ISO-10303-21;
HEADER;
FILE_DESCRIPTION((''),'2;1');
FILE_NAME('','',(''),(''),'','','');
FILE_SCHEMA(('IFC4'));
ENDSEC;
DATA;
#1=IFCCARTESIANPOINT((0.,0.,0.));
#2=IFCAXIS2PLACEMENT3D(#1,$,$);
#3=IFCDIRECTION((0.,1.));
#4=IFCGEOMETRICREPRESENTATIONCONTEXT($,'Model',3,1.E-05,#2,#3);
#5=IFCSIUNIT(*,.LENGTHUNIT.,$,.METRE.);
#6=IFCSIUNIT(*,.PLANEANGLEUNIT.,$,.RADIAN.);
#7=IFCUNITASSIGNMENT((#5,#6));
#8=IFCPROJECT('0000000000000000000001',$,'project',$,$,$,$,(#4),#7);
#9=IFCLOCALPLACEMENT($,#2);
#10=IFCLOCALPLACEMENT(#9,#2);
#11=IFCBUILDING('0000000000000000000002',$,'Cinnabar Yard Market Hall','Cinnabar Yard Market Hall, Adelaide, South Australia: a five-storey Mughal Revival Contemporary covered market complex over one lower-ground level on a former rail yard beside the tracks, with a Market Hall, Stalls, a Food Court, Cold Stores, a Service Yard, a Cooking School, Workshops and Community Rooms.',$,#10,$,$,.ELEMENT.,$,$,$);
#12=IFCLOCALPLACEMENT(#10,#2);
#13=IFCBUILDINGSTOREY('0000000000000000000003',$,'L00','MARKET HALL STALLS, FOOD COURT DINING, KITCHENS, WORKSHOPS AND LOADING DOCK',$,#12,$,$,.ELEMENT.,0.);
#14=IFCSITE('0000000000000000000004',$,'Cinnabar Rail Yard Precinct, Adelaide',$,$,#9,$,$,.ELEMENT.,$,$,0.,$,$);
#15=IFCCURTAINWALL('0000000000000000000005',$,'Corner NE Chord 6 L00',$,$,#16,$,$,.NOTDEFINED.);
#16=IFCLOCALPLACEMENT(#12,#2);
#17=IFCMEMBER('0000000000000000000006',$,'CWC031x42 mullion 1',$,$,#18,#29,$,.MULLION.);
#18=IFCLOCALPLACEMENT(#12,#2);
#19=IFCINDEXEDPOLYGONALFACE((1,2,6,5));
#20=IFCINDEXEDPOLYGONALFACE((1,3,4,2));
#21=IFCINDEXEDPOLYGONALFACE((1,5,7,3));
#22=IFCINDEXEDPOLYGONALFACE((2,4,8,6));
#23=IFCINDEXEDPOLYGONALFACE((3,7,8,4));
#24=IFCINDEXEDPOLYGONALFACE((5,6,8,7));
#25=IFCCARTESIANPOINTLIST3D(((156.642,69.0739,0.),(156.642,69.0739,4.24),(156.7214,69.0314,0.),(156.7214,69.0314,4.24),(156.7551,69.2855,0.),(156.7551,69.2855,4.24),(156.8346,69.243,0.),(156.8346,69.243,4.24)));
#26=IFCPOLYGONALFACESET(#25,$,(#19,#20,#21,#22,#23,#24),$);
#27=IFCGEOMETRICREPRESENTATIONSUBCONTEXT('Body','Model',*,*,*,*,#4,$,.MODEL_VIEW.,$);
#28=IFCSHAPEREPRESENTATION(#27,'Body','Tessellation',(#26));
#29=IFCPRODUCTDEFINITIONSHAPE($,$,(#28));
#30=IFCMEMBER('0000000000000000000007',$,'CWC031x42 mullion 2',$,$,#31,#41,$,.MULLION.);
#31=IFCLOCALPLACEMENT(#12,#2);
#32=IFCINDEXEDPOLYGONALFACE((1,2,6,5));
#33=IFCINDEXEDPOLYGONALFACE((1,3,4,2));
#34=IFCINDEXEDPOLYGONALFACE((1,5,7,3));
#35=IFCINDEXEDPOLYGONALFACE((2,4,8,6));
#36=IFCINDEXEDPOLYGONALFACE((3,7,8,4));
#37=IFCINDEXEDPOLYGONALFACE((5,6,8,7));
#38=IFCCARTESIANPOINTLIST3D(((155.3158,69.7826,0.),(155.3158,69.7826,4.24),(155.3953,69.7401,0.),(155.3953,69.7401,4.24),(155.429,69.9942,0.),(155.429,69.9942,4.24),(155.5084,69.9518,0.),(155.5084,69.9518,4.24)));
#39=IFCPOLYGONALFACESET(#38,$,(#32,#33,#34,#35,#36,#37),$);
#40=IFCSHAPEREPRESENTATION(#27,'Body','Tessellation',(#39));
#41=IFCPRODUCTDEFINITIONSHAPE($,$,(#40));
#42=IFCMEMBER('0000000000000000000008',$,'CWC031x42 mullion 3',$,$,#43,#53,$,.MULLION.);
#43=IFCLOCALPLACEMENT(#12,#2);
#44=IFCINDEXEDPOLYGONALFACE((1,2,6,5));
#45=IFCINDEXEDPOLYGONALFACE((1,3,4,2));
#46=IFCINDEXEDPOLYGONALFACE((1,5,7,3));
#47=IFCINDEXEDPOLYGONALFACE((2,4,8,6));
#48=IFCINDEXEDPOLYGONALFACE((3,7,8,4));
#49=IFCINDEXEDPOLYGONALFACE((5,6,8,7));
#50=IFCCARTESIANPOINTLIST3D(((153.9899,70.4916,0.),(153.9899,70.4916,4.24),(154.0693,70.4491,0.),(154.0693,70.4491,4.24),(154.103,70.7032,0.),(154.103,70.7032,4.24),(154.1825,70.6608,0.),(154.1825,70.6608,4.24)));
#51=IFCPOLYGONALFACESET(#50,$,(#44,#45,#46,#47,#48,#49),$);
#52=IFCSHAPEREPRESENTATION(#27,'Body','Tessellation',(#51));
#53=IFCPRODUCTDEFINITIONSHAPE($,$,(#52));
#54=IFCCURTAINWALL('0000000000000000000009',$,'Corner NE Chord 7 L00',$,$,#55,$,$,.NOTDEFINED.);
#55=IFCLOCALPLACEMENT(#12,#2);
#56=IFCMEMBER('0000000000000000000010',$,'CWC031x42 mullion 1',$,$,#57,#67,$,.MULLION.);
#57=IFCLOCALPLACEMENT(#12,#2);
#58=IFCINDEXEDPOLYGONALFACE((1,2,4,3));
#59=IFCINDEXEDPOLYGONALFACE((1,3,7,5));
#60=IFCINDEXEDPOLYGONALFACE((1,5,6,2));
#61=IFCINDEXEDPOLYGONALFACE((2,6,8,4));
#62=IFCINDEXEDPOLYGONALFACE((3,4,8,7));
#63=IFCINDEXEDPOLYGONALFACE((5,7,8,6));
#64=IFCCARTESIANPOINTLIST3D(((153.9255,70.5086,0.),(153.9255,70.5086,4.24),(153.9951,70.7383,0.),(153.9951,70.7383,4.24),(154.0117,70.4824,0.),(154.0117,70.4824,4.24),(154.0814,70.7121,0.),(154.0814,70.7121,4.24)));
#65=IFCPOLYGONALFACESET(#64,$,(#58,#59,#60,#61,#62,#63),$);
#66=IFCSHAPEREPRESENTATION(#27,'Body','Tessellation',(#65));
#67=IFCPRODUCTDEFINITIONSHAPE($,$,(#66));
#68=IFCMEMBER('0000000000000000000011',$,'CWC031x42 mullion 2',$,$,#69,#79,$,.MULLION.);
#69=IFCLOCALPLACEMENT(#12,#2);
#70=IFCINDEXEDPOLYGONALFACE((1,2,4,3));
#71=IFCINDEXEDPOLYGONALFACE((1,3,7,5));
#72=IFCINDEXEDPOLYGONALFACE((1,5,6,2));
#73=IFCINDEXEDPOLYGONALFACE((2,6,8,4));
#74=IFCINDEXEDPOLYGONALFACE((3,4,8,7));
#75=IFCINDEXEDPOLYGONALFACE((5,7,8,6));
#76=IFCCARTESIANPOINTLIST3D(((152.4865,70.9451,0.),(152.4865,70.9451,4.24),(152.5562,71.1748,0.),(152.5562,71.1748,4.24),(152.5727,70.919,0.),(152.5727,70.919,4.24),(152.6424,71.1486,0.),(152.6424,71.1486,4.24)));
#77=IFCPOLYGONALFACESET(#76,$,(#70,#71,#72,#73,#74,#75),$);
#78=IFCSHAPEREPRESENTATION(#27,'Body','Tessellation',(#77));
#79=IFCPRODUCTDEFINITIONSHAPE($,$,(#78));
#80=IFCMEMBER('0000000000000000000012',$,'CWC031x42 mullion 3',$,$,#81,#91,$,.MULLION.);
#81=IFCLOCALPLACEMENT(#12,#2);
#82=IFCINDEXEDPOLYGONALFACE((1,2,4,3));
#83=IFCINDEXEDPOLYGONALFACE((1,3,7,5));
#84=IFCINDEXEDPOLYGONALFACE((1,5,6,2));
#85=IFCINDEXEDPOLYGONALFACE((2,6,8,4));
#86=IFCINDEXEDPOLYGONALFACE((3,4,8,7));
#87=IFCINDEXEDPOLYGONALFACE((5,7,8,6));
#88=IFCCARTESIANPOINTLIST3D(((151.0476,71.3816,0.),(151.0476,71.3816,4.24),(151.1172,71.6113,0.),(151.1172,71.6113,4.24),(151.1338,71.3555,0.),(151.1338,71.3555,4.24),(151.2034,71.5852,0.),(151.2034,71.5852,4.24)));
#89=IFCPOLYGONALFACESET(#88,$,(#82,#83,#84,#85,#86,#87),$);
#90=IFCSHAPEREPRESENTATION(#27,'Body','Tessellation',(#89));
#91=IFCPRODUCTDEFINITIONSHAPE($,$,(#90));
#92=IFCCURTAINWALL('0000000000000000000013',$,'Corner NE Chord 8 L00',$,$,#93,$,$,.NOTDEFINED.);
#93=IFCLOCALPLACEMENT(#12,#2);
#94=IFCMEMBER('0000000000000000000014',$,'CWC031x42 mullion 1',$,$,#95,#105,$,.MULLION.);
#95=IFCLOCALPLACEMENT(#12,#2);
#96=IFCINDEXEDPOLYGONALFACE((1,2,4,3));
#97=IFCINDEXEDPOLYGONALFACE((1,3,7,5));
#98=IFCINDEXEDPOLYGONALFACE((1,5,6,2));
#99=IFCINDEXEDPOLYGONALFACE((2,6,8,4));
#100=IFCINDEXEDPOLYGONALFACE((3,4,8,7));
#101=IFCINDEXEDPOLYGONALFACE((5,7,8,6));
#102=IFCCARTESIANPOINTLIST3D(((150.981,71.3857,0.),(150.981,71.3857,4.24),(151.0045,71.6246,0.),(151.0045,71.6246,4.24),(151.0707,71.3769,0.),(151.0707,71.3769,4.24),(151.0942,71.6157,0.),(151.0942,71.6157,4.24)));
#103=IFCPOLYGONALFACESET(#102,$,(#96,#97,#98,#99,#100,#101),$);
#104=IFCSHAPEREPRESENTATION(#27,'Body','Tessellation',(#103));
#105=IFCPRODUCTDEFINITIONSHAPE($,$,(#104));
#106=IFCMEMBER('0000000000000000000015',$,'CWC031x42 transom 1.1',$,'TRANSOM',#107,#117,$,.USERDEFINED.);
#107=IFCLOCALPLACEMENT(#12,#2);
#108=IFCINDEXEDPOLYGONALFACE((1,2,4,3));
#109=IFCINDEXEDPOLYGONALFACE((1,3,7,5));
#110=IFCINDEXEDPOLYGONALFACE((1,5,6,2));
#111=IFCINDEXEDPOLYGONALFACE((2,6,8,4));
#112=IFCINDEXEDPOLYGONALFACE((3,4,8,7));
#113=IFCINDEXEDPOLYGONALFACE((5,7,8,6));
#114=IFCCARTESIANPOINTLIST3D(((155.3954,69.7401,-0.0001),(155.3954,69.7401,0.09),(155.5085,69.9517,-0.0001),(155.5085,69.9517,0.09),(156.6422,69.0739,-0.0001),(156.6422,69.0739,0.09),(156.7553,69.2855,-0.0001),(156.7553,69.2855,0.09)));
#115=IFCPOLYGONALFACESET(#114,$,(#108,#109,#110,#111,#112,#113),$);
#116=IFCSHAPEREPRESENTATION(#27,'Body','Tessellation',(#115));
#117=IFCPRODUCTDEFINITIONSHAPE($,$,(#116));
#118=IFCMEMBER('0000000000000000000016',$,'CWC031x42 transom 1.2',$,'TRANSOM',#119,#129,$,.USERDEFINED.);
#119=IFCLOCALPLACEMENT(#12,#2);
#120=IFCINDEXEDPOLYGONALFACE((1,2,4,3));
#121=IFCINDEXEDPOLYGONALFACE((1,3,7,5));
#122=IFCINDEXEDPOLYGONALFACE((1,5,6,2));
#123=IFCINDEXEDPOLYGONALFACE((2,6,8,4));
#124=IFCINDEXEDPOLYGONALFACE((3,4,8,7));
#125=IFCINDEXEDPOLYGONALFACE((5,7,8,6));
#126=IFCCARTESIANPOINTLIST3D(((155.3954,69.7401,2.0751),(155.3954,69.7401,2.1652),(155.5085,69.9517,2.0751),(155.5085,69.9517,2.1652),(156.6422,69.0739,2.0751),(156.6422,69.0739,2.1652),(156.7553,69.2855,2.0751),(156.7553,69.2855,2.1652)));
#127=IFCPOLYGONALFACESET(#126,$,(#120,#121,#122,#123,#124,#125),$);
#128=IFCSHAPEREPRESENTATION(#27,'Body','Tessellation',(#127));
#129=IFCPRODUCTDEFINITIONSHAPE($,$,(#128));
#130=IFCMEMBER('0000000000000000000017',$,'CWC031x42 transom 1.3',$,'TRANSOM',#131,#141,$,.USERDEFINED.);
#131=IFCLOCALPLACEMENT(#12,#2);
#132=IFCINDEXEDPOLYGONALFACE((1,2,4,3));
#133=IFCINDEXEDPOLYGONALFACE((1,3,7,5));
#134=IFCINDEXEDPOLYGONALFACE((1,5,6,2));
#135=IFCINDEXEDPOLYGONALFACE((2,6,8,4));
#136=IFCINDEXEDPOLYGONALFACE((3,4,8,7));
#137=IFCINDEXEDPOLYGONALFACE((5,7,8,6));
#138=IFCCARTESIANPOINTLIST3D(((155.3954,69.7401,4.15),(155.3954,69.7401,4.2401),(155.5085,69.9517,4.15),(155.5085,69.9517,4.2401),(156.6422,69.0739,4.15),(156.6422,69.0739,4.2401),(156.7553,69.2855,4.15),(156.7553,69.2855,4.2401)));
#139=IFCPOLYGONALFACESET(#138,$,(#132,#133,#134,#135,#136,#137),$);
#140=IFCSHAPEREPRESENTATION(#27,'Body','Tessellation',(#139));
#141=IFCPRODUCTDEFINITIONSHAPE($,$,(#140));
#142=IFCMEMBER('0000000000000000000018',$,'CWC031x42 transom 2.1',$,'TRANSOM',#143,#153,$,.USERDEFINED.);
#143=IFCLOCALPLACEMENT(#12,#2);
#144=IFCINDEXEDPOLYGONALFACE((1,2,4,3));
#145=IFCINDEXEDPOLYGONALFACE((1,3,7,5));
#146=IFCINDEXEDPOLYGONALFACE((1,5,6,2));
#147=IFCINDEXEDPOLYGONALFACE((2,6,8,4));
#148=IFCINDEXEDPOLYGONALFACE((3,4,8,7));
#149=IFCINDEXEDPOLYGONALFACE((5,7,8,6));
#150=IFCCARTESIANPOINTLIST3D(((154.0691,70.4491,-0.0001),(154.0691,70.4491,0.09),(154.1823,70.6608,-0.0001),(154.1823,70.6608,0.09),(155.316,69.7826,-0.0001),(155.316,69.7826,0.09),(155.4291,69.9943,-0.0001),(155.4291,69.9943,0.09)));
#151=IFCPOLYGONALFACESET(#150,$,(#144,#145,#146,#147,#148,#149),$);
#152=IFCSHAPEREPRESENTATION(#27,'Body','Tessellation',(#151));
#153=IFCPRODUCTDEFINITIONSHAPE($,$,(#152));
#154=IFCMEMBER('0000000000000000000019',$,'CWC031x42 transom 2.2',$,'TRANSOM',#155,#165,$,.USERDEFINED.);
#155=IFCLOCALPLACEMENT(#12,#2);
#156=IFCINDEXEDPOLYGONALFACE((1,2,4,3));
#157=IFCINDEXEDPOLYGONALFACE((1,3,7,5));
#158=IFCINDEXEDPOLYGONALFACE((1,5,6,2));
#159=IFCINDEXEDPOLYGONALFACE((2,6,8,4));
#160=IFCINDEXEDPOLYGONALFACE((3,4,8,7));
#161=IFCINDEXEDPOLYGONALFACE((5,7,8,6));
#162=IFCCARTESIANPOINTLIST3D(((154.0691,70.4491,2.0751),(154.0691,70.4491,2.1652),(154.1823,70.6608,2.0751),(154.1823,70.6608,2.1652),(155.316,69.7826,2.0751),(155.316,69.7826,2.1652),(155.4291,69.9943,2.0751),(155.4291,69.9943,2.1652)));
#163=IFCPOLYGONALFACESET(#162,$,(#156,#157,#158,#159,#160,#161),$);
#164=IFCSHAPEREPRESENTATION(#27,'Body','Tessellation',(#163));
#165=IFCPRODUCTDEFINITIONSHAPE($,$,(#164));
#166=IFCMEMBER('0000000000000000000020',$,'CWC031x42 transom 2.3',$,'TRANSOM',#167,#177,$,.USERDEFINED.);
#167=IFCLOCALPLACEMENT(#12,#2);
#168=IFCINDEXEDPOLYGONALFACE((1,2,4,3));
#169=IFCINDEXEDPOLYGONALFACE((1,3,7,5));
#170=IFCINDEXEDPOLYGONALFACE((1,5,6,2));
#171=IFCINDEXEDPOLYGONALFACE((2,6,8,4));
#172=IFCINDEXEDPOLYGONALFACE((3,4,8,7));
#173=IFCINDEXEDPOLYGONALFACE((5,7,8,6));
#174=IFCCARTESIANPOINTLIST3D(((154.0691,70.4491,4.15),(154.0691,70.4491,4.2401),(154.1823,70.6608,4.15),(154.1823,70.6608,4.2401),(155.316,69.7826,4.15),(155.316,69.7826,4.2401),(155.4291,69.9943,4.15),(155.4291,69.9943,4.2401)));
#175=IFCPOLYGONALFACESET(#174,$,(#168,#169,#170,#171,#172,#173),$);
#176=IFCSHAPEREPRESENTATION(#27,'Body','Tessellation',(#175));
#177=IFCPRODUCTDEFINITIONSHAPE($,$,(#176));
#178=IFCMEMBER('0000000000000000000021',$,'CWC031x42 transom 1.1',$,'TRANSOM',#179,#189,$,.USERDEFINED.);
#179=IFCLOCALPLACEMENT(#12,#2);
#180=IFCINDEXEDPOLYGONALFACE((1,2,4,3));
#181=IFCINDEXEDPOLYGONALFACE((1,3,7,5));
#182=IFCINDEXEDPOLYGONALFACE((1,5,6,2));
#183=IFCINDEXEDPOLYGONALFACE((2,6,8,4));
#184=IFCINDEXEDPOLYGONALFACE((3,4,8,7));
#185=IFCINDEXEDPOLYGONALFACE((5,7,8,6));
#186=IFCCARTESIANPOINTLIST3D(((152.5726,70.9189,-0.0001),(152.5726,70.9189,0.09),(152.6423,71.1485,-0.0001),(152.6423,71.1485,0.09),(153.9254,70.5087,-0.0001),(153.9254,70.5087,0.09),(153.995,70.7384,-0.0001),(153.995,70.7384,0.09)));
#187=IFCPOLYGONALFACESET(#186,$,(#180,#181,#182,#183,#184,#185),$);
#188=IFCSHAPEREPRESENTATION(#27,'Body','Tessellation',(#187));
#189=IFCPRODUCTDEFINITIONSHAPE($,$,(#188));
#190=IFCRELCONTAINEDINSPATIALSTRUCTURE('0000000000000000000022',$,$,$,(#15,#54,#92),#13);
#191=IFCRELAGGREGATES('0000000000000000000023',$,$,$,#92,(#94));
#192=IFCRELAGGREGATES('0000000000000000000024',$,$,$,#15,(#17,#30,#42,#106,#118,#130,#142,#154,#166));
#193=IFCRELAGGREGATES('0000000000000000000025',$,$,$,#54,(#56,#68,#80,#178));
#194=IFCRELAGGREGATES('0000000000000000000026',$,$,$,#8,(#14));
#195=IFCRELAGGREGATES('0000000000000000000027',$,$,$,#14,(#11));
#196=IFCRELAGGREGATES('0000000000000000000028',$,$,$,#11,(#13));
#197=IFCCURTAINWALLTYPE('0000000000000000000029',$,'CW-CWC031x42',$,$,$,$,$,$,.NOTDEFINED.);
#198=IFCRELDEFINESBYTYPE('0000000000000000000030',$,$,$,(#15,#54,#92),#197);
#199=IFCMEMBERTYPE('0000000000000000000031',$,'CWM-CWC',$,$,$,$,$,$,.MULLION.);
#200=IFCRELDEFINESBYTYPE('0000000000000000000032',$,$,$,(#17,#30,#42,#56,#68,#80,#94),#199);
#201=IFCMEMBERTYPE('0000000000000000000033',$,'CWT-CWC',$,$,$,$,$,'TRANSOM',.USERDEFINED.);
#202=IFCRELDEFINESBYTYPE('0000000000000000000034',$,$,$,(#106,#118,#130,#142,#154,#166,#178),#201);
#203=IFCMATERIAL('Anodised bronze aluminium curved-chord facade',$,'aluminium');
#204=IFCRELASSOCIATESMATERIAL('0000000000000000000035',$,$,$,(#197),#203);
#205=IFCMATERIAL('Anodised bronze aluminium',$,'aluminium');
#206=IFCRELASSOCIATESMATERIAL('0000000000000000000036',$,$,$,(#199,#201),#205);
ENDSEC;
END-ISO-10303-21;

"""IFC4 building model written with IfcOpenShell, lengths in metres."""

from ifc_helpers import new_model, si_unit, direction, frame, origin, origin_2d_with_axis, place, context, subcontext, project, spatial, rectangle, extrude, material, material_profile, profile_set, type_object, element, aggregate, save


model = new_model("IFC4")

# Units and contexts
model_context = context("Model", 3, precision=1e-05, world=origin(), true_north=direction((0.0, 1.0)))
body_context = subcontext(model_context, "Body", "Model", "MODEL_VIEW")
ifc_project = project(units=[si_unit("LENGTHUNIT", "METRE"), si_unit("PLANEANGLEUNIT", "RADIAN")], contexts=[model_context])

# Site, building, storey
site_placement = place(None, origin())
site = spatial("IfcSite", under=ifc_project, at=site_placement, Name="Cinnabar Rail Yard Precinct, Adelaide", CompositionType="ELEMENT", RefElevation=0.0)
building_placement = place(site_placement, origin())
building = spatial("IfcBuilding", under=site, at=building_placement, Name="Cinnabar Yard Market Hall", Description="Cinnabar Yard Market Hall, Adelaide, South Australia: a five-storey Mughal Revival Contemporary covered market complex over one lower-ground level on a former rail yard beside the tracks, with a Market Hall, Stalls, a Food Court, Cold Stores, a Service Yard, a Cooking School, Workshops and Community Rooms.", CompositionType="ELEMENT")
storey_placement = place(building_placement, origin())
storey = spatial("IfcBuildingStorey", under=building, at=storey_placement, Name="L00", Description="MARKET HALL STALLS, FOOD COURT DINING, KITCHENS, WORKSHOPS AND LOADING DOCK", CompositionType="ELEMENT", Elevation=0.0)

# Shared definitions
ifc_material_1 = material(Name="Anodised bronze aluminium curved-chord facade", Category="aluminium")
curtain_wall_type = type_object("IfcCurtainWallType", Name="CW-CWC031x42", PredefinedType="NOTDEFINED", material=ifc_material_1)
ifc_material_2 = material(Name="Anodised bronze aluminium", Category="aluminium")
ifc_material_profile_1 = material_profile(ifc_material_2, rectangle(XDim=0.24, YDim=0.0901, at=origin_2d_with_axis()), Name="MUL-CWC")
ifc_profile_set_1 = profile_set([ifc_material_profile_1], Name="Anodised bronze aluminium")
member_type_1 = type_object("IfcMemberType", Name="CWM-CWC", PredefinedType="MULLION", material=ifc_profile_set_1)

# Curtain walls, members
curtain_wall_1_placement = place(storey_placement, origin())
curtain_wall_1 = element("IfcCurtainWall", 1, at=curtain_wall_1_placement, inside=storey, type_object=curtain_wall_type, Name="Corner NE Chord 6 L00", PredefinedType="NOTDEFINED")
member_1_placement = place(storey_placement, frame((156.7383, 69.1584, 0.0), z_axis=(0.0, 0.0, 1.0), x_axis=(-0.471404, -0.881917, 0.0)))
member_1 = element("IfcMember", 2, at=member_1_placement, type_object=member_type_1, Name="CWC031x42 mullion 1", PredefinedType="MULLION", context=body_context, shape_type="SweptSolid", body=[
    extrude(rectangle(XDim=0.24, YDim=0.0901, at=origin_2d_with_axis()), origin(), (0.0, 0.0, 1.0), 4.24),
])
member_2_placement = place(storey_placement, frame((155.4121, 69.8672, 0.0), z_axis=(0.0, 0.0, 1.0), x_axis=(-0.471404, -0.881917, 0.0)))
member_2 = element("IfcMember", 3, at=member_2_placement, type_object=member_type_1, Name="CWC031x42 mullion 2", PredefinedType="MULLION", context=body_context, shape_type="SweptSolid", body=[
    extrude(rectangle(XDim=0.24, YDim=0.0901, at=origin_2d_with_axis()), origin(), (0.0, 0.0, 1.0), 4.24),
])
member_3_placement = place(storey_placement, frame((154.0862, 70.5762, 0.0), z_axis=(0.0, 0.0, 1.0), x_axis=(-0.471404, -0.881917, 0.0)))
member_3 = element("IfcMember", 4, at=member_3_placement, type_object=member_type_1, Name="CWC031x42 mullion 3", PredefinedType="MULLION", context=body_context, shape_type="SweptSolid", body=[
    extrude(rectangle(XDim=0.24, YDim=0.0901, at=origin_2d_with_axis()), origin(), (0.0, 0.0, 1.0), 4.24),
])
curtain_wall_2_placement = place(storey_placement, origin())
curtain_wall_2 = element("IfcCurtainWall", 5, at=curtain_wall_2_placement, inside=storey, type_object=curtain_wall_type, Name="Corner NE Chord 7 L00", PredefinedType="NOTDEFINED")
member_4_placement = place(storey_placement, frame((154.0034, 70.6104, 0.0), z_axis=(0.0, 0.0, 1.0), x_axis=(-0.290279, -0.956942, 0.0)))
member_4 = element("IfcMember", 6, at=member_4_placement, type_object=member_type_1, Name="CWC031x42 mullion 1", PredefinedType="MULLION", context=body_context, shape_type="SweptSolid", body=[
    extrude(rectangle(XDim=0.24, YDim=0.0901, at=origin_2d_with_axis()), origin(), (0.0, 0.0, 1.0), 4.24),
])
member_5_placement = place(storey_placement, frame((152.5645, 71.0469, 0.0), z_axis=(0.0, 0.0, 1.0), x_axis=(-0.290279, -0.956942, 0.0)))
member_5 = element("IfcMember", 7, at=member_5_placement, type_object=member_type_1, Name="CWC031x42 mullion 2", PredefinedType="MULLION", context=body_context, shape_type="SweptSolid", body=[
    extrude(rectangle(XDim=0.24, YDim=0.0901, at=origin_2d_with_axis()), origin(), (0.0, 0.0, 1.0), 4.24),
])
member_6_placement = place(storey_placement, frame((151.1255, 71.4834, 0.0), z_axis=(0.0, 0.0, 1.0), x_axis=(-0.290279, -0.956942, 0.0)))
member_6 = element("IfcMember", 8, at=member_6_placement, type_object=member_type_1, Name="CWC031x42 mullion 3", PredefinedType="MULLION", context=body_context, shape_type="SweptSolid", body=[
    extrude(rectangle(XDim=0.24, YDim=0.0901, at=origin_2d_with_axis()), origin(), (0.0, 0.0, 1.0), 4.24),
])

# Curtain wall, member
curtain_wall_3_placement = place(storey_placement, origin())
curtain_wall_3 = element("IfcCurtainWall", 9, at=curtain_wall_3_placement, inside=storey, type_object=curtain_wall_type, Name="Corner NE Chord 8 L00", PredefinedType="NOTDEFINED")
member_7_placement = place(storey_placement, frame((151.0376, 71.5007, 0.0), z_axis=(0.0, 0.0, 1.0), x_axis=(-0.09802, -0.995184, 0.0)))
member_7 = element("IfcMember", 10, at=member_7_placement, type_object=member_type_1, Name="CWC031x42 mullion 1", PredefinedType="MULLION", context=body_context, shape_type="SweptSolid", body=[
    extrude(rectangle(XDim=0.24, YDim=0.0901, at=origin_2d_with_axis()), origin(), (0.0, 0.0, 1.0), 4.24),
])

# Members
ifc_material_profile_2 = material_profile(ifc_material_2, rectangle(XDim=0.24, YDim=0.0901, at=origin_2d_with_axis()), Name="TRN-CWC")
ifc_profile_set_2 = profile_set([ifc_material_profile_2], Name="Anodised bronze aluminium")
member_type_2 = type_object("IfcMemberType", Name="CWT-CWC", ElementType="TRANSOM", PredefinedType="USERDEFINED", material=ifc_profile_set_2)
member_8_placement = place(storey_placement, frame((156.6987, 69.1797, 0.0449), z_axis=(-0.881975, 0.471296, 0.0), x_axis=(-0.471296, -0.881975, 0.0)))
member_8 = element("IfcMember", 11, at=member_8_placement, type_object=member_type_2, Name="CWC031x42 transom 1.1", ObjectType="TRANSOM", PredefinedType="USERDEFINED", context=body_context, shape_type="SweptSolid", body=[
    extrude(rectangle(XDim=0.24, YDim=0.0901, at=origin_2d_with_axis()), origin(), (0.0, 0.0, 1.0), 1.4136),
])
member_9_placement = place(storey_placement, frame((156.6987, 69.1797, 2.1201), z_axis=(-0.881975, 0.471296, 0.0), x_axis=(-0.471296, -0.881975, 0.0)))
member_9 = element("IfcMember", 12, at=member_9_placement, type_object=member_type_2, Name="CWC031x42 transom 1.2", ObjectType="TRANSOM", PredefinedType="USERDEFINED", context=body_context, shape_type="SweptSolid", body=[
    extrude(rectangle(XDim=0.24, YDim=0.0901, at=origin_2d_with_axis()), origin(), (0.0, 0.0, 1.0), 1.4136),
])
member_10_placement = place(storey_placement, frame((156.6987, 69.1797, 4.1951), z_axis=(-0.881975, 0.471296, 0.0), x_axis=(-0.471296, -0.881975, 0.0)))
member_10 = element("IfcMember", 13, at=member_10_placement, type_object=member_type_2, Name="CWC031x42 transom 1.3", ObjectType="TRANSOM", PredefinedType="USERDEFINED", context=body_context, shape_type="SweptSolid", body=[
    extrude(rectangle(XDim=0.24, YDim=0.0901, at=origin_2d_with_axis()), origin(), (0.0, 0.0, 1.0), 1.4136),
])
member_11_placement = place(storey_placement, frame((155.3726, 69.8884, 0.0449), z_axis=(-0.881903, 0.471431, 0.0), x_axis=(-0.471431, -0.881903, 0.0)))
member_11 = element("IfcMember", 14, at=member_11_placement, type_object=member_type_2, Name="CWC031x42 transom 2.1", ObjectType="TRANSOM", PredefinedType="USERDEFINED", context=body_context, shape_type="SweptSolid", body=[
    extrude(rectangle(XDim=0.24, YDim=0.0901, at=origin_2d_with_axis()), origin(), (0.0, 0.0, 1.0), 1.4138),
])
member_12_placement = place(storey_placement, frame((155.3726, 69.8884, 2.1201), z_axis=(-0.881903, 0.471431, 0.0), x_axis=(-0.471431, -0.881903, 0.0)))
member_12 = element("IfcMember", 15, at=member_12_placement, type_object=member_type_2, Name="CWC031x42 transom 2.2", ObjectType="TRANSOM", PredefinedType="USERDEFINED", context=body_context, shape_type="SweptSolid", body=[
    extrude(rectangle(XDim=0.24, YDim=0.0901, at=origin_2d_with_axis()), origin(), (0.0, 0.0, 1.0), 1.4138),
])
member_13_placement = place(storey_placement, frame((155.3726, 69.8884, 4.1951), z_axis=(-0.881903, 0.471431, 0.0), x_axis=(-0.471431, -0.881903, 0.0)))
member_13 = element("IfcMember", 16, at=member_13_placement, type_object=member_type_2, Name="CWC031x42 transom 2.3", ObjectType="TRANSOM", PredefinedType="USERDEFINED", context=body_context, shape_type="SweptSolid", body=[
    extrude(rectangle(XDim=0.24, YDim=0.0901, at=origin_2d_with_axis()), origin(), (0.0, 0.0, 1.0), 1.4138),
])
member_14_placement = place(storey_placement, frame((153.9602, 70.6235, 0.0449), z_axis=(-0.956981, 0.290151, 0.0), x_axis=(-0.290151, -0.956981, 0.0)))
member_14 = element("IfcMember", 17, at=member_14_placement, type_object=member_type_2, Name="CWC031x42 transom 1.1", ObjectType="TRANSOM", PredefinedType="USERDEFINED", context=body_context, shape_type="SweptSolid", body=[
    extrude(rectangle(XDim=0.24, YDim=0.0901, at=origin_2d_with_axis()), origin(), (0.0, 0.0, 1.0), 1.4136),
])
aggregate(curtain_wall_3, [member_7])

aggregate(curtain_wall_1, [member_1, member_2, member_3, member_8, member_9, member_10, member_11, member_12, member_13])
aggregate(curtain_wall_2, [member_4, member_5, member_6, member_14])

save(model, "model.ifc")
